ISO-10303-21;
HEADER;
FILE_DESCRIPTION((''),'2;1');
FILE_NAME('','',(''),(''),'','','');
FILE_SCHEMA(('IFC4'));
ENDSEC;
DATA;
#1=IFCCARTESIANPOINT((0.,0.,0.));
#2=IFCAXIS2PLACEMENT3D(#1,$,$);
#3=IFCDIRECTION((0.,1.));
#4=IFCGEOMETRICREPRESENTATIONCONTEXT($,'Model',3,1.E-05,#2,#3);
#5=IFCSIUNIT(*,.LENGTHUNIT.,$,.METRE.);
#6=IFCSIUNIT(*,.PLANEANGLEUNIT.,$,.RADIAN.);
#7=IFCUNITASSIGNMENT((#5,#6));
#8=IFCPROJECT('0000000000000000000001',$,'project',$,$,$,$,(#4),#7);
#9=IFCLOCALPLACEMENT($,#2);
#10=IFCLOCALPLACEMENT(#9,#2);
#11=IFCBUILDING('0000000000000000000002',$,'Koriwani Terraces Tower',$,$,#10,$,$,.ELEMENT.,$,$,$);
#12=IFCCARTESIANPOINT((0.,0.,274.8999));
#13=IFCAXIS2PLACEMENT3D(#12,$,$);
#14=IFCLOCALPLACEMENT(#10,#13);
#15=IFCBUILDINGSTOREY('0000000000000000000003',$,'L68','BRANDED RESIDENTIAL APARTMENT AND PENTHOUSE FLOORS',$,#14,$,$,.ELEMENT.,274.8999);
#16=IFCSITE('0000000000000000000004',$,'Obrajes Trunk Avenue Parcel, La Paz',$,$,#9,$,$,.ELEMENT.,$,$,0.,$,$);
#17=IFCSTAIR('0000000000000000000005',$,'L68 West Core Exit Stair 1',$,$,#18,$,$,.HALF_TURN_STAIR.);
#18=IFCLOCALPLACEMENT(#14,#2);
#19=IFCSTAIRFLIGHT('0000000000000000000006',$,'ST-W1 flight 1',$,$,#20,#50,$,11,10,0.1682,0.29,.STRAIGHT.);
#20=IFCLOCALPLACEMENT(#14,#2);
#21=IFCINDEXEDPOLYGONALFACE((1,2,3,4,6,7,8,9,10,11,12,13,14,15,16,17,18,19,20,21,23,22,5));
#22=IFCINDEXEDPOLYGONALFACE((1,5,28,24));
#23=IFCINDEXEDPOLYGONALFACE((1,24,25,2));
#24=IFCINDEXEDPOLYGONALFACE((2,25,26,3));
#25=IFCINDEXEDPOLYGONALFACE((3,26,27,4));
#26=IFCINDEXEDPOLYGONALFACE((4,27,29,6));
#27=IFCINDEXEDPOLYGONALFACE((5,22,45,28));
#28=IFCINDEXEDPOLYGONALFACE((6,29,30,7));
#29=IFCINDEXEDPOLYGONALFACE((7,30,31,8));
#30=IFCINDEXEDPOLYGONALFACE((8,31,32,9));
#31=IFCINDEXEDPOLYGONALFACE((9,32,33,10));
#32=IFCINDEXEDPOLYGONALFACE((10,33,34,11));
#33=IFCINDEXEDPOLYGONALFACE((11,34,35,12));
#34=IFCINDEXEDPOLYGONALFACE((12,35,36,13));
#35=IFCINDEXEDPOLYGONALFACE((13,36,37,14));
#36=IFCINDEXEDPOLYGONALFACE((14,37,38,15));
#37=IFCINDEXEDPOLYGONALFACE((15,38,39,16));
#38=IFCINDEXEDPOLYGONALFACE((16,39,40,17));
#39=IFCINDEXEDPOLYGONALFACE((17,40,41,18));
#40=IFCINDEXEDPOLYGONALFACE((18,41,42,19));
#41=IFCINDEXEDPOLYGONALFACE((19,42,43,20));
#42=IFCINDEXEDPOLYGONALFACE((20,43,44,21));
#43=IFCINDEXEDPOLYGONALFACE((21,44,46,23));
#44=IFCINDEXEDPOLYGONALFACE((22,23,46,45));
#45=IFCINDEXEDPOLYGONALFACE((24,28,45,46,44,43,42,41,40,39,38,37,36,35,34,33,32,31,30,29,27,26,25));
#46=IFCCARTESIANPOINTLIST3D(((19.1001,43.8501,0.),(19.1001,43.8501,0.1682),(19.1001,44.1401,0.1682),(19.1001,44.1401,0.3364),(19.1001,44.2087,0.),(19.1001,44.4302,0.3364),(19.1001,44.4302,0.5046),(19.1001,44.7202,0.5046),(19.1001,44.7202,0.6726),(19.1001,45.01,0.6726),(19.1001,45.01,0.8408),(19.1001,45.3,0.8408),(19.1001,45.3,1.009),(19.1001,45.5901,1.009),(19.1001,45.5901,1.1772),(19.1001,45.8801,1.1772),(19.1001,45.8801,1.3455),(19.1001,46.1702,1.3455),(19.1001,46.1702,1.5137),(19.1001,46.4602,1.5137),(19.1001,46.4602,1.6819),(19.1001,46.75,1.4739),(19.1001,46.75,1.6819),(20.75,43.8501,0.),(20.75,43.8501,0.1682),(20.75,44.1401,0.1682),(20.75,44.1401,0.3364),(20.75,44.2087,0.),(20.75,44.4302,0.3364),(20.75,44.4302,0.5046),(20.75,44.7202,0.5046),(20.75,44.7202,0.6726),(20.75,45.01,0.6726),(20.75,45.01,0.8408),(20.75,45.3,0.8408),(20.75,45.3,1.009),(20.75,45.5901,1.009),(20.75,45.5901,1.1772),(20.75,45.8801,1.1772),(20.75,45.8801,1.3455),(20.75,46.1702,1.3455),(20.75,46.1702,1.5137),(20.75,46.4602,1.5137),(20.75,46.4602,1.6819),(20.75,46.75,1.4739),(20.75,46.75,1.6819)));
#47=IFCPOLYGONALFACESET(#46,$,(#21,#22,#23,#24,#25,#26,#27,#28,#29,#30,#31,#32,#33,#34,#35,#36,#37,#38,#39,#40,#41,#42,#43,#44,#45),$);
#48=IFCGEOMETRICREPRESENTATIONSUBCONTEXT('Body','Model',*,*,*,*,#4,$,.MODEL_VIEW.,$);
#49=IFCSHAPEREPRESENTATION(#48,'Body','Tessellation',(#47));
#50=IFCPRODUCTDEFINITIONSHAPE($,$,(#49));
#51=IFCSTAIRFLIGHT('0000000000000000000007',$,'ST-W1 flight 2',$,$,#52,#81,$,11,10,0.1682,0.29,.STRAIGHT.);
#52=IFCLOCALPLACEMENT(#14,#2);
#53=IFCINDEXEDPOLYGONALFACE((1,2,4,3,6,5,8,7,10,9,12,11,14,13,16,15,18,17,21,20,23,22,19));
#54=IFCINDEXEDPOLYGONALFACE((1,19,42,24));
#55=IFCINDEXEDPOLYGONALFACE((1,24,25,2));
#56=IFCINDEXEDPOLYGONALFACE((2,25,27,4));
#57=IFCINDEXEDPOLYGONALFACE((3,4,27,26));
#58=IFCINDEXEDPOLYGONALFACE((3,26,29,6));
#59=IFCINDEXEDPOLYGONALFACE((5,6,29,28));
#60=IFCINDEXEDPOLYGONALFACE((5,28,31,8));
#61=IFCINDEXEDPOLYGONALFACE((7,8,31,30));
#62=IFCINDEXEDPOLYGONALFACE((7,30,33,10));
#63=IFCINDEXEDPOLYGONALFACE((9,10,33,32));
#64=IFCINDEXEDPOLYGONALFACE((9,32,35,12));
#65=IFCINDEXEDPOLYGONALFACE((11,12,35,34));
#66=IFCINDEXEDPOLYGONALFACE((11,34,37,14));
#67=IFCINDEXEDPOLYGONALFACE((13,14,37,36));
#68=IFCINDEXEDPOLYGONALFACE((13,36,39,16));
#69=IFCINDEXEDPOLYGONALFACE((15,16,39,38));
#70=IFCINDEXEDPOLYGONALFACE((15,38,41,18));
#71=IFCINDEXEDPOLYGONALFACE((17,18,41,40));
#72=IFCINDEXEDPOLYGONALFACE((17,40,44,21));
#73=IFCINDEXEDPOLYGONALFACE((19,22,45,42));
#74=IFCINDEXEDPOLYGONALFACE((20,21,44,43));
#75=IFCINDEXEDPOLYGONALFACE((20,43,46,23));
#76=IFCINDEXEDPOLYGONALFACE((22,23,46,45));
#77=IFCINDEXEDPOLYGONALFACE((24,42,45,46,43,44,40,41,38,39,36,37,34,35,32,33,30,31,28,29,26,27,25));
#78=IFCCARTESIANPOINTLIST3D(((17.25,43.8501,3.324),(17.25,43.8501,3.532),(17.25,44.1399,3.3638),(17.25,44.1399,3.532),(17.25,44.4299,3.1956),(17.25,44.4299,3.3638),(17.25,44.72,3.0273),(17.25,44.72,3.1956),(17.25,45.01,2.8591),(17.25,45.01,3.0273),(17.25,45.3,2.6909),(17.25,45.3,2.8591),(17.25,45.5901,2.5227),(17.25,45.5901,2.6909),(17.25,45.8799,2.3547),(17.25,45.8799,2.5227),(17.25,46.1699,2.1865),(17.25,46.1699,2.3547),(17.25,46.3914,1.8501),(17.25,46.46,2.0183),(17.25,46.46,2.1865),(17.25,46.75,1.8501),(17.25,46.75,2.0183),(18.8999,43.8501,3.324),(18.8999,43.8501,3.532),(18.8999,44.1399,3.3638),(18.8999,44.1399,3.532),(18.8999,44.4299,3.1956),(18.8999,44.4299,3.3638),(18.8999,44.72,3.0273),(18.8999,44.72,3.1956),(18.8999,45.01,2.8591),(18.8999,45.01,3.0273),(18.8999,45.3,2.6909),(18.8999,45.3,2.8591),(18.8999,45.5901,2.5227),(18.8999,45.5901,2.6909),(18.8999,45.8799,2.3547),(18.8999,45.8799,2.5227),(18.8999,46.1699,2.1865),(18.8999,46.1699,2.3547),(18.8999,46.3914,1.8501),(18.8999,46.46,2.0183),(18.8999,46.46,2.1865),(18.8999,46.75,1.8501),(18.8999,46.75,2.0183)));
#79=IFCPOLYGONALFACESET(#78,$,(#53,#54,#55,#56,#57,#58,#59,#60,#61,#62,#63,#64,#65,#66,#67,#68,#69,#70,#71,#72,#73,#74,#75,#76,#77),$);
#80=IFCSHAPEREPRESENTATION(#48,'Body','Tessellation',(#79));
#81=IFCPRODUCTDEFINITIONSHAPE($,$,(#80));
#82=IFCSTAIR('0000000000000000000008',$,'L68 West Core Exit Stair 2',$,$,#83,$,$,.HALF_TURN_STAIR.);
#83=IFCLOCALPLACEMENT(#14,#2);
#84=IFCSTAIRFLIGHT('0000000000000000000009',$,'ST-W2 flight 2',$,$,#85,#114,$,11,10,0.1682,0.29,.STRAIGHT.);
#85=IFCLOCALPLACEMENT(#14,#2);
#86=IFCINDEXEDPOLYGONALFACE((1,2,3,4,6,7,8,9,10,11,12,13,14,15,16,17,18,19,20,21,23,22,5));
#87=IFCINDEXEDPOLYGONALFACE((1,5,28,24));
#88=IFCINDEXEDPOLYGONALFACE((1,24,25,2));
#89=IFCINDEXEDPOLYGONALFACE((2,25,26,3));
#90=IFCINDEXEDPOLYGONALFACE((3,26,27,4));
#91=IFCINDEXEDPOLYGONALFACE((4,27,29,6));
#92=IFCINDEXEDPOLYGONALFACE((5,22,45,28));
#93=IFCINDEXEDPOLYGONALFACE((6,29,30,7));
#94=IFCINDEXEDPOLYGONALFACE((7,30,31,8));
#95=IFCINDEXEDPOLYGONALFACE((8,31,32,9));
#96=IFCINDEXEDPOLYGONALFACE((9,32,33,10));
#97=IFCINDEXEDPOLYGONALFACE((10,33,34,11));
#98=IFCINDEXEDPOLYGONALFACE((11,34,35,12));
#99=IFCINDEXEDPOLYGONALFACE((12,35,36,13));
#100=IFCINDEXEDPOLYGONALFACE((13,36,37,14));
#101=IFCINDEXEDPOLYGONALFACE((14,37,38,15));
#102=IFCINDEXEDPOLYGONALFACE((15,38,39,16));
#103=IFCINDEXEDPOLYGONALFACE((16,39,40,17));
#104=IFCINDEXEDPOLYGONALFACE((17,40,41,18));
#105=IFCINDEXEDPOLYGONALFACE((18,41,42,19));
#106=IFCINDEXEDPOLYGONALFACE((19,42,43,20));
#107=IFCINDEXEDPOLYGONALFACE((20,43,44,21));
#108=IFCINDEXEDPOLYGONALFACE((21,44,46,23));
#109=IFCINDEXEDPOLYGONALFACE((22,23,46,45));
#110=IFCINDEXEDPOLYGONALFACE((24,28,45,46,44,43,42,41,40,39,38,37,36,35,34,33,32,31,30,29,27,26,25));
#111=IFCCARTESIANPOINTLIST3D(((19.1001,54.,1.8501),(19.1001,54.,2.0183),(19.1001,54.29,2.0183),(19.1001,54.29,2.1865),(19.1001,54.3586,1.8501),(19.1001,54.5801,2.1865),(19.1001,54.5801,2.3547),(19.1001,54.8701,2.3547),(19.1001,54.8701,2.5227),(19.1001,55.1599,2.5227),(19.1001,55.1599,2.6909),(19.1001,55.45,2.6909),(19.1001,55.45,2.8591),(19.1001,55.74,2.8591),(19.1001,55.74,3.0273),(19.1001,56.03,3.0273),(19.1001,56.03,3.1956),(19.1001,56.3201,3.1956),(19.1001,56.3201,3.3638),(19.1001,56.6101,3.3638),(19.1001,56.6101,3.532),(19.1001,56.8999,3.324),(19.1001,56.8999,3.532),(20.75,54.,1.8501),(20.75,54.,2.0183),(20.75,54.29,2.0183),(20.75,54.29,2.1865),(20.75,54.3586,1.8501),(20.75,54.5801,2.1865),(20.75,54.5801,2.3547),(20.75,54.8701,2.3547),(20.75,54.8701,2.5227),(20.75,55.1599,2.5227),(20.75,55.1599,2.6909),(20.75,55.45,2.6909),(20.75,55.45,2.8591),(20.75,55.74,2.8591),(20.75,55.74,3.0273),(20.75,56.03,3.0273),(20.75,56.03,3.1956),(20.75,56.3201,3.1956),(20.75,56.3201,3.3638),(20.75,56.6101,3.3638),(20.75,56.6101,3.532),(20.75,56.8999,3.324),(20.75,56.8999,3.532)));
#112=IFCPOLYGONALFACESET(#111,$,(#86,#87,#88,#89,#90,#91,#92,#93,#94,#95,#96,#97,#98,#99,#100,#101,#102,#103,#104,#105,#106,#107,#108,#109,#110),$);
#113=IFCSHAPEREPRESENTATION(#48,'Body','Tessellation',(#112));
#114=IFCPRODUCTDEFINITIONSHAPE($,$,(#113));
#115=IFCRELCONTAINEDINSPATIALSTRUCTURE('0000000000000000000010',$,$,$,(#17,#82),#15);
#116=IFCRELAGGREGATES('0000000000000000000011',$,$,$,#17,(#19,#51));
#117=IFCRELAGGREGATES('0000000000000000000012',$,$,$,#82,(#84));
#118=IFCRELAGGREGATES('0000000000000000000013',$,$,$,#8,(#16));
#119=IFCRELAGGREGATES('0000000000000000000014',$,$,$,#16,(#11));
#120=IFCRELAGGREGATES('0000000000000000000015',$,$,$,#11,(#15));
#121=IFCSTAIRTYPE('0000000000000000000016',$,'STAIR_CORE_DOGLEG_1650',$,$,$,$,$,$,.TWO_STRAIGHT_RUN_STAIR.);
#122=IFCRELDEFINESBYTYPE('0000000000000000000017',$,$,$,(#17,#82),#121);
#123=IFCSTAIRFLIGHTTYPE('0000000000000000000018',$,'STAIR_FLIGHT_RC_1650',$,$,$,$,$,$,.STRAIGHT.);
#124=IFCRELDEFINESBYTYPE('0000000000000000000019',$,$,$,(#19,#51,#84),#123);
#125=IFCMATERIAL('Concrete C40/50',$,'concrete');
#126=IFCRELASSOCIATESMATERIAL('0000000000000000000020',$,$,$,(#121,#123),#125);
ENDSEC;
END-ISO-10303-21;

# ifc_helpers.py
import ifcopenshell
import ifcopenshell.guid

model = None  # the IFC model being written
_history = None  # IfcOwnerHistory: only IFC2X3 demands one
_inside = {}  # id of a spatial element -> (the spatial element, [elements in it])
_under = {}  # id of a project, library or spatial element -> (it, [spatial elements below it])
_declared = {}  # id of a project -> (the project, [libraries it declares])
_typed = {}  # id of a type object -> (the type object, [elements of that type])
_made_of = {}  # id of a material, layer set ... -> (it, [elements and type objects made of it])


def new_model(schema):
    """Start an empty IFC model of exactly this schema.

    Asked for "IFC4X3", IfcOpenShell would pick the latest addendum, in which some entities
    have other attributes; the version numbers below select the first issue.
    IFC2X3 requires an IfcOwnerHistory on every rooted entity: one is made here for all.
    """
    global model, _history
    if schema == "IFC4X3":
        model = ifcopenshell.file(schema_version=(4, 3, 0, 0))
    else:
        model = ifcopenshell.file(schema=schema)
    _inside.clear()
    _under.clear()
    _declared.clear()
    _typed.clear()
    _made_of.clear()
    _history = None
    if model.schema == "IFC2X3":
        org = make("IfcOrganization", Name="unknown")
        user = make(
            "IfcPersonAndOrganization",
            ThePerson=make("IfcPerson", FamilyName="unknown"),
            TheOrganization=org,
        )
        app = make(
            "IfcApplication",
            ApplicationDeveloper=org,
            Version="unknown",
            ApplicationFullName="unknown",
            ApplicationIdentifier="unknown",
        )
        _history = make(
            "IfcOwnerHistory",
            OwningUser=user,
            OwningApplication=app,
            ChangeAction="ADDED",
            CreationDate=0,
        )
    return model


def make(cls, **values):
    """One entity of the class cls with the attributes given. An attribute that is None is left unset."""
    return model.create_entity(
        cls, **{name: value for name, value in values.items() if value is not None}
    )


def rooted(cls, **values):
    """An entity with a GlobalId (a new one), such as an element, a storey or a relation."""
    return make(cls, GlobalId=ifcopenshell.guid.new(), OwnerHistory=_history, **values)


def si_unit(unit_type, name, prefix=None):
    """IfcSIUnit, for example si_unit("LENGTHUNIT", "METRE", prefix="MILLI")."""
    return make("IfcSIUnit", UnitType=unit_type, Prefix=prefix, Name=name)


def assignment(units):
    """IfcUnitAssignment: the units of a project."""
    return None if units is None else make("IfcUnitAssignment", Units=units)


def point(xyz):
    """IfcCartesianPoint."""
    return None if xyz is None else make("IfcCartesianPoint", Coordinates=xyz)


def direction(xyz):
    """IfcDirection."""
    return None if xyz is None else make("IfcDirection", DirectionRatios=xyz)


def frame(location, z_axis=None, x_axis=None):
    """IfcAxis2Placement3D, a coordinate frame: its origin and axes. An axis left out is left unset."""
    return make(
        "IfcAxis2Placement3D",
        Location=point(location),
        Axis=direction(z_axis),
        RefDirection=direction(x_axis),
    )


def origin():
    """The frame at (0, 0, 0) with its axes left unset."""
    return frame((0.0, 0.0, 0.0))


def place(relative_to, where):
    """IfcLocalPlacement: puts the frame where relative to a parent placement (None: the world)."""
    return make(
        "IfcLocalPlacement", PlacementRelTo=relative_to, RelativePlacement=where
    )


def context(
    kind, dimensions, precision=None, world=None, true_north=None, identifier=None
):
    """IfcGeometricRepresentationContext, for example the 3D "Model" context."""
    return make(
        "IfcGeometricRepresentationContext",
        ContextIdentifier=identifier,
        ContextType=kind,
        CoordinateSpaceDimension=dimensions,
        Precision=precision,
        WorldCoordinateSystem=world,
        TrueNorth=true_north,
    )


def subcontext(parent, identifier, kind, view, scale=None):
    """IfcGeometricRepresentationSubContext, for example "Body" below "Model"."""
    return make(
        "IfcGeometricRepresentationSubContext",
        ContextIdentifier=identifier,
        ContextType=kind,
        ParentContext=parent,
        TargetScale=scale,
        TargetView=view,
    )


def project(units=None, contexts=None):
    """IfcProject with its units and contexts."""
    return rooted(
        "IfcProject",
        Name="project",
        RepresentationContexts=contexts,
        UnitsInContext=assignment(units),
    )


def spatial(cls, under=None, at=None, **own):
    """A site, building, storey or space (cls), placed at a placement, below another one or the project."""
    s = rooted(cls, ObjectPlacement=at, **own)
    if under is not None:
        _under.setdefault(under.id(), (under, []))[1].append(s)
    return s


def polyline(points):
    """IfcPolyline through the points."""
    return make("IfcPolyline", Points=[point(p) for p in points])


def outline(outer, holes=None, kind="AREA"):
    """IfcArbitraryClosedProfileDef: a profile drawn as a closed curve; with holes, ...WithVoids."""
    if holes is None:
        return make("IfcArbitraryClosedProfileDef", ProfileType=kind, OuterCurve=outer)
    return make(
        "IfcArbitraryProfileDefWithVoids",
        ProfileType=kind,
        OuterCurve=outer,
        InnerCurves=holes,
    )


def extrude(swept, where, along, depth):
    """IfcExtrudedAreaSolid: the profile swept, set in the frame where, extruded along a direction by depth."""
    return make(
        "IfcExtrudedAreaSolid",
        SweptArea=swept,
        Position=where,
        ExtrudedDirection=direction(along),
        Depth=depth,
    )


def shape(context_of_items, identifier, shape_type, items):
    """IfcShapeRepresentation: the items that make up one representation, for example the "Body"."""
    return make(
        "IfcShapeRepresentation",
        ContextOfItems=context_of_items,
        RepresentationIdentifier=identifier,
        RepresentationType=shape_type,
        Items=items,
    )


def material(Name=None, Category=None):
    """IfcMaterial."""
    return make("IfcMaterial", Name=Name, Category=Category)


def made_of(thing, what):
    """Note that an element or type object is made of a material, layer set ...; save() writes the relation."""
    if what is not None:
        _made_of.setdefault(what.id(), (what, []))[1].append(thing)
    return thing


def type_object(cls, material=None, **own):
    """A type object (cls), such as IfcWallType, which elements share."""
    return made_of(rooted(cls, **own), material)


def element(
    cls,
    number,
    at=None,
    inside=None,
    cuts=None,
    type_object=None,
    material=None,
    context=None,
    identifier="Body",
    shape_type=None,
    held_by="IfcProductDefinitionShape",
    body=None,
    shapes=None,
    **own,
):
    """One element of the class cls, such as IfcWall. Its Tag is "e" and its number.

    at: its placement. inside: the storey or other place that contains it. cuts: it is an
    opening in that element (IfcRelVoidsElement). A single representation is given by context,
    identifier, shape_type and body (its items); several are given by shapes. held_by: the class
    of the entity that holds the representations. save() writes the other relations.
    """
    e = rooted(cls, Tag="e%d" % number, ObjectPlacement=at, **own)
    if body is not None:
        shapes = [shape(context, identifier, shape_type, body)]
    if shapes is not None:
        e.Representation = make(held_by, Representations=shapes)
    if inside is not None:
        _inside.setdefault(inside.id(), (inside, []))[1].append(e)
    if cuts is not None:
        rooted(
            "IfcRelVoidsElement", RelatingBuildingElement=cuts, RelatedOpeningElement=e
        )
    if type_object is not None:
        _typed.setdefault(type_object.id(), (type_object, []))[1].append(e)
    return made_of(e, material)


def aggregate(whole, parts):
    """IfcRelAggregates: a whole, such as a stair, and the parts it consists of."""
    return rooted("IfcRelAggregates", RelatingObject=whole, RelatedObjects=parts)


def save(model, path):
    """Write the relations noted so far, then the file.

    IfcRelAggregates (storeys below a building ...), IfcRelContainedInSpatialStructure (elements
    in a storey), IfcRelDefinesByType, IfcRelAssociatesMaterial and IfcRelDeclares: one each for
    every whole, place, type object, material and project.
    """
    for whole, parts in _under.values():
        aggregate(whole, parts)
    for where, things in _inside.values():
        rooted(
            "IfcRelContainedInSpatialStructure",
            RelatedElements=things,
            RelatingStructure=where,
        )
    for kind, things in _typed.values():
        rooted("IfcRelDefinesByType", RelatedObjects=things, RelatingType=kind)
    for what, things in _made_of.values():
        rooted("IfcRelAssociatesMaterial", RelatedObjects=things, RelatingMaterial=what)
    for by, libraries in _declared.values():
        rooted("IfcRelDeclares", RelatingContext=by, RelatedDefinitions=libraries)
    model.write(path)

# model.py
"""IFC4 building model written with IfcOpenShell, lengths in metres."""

from ifc_helpers import new_model, si_unit, direction, frame, origin, place, context, subcontext, project, spatial, polyline, outline, extrude, material, type_object, element, aggregate, save


model = new_model("IFC4")

# Units and contexts
model_context = context("Model", 3, precision=1e-05, world=origin(), true_north=direction((0.0, 1.0)))
body_context = subcontext(model_context, "Body", "Model", "MODEL_VIEW")
ifc_project = project(units=[si_unit("LENGTHUNIT", "METRE"), si_unit("PLANEANGLEUNIT", "RADIAN")], contexts=[model_context])

# Site, building, storey
site_placement = place(None, origin())
site = spatial("IfcSite", under=ifc_project, at=site_placement, Name="Obrajes Trunk Avenue Parcel, La Paz", CompositionType="ELEMENT", RefElevation=0.0)
building_placement = place(site_placement, origin())
building = spatial("IfcBuilding", under=site, at=building_placement, Name="Koriwani Terraces Tower", CompositionType="ELEMENT")
storey_placement = place(building_placement, frame((0.0, 0.0, 274.8999)))
storey = spatial("IfcBuildingStorey", under=building, at=storey_placement, Name="L68", Description="BRANDED RESIDENTIAL APARTMENT AND PENTHOUSE FLOORS", CompositionType="ELEMENT", Elevation=274.8999)

# Shared definitions
ifc_material_1 = material(Name="Concrete C40/50", Category="concrete")

# Stair, stair flights
stair_type = type_object("IfcStairType", Name="STAIR_CORE_DOGLEG_1650", PredefinedType="TWO_STRAIGHT_RUN_STAIR", material=ifc_material_1)
stair_1_placement = place(storey_placement, origin())
stair_1 = element("IfcStair", 1, at=stair_1_placement, inside=storey, type_object=stair_type, Name="L68 West Core Exit Stair 1", PredefinedType="HALF_TURN_STAIR")
stair_flight_type = type_object("IfcStairFlightType", Name="STAIR_FLIGHT_RC_1650", PredefinedType="STRAIGHT", material=ifc_material_1)
stair_flight_1_placement = place(storey_placement, frame((19.925, 43.8501, 0.0), z_axis=(0.0, 0.0, 1.0), x_axis=(0.0, 1.0, 0.0)))
stair_flight_1 = element("IfcStairFlight", 2, at=stair_flight_1_placement, type_object=stair_flight_type, Name="ST-W1 flight 1", NumberOfRisers=11, NumberOfTreads=10, PredefinedType="STRAIGHT", RiserHeight=0.1682, TreadLength=0.29, context=body_context, shape_type="SweptSolid", body=[
    extrude(outline(polyline([(0.0, 0.0), (0.0, 0.1682), (0.29, 0.1682), (0.29, 0.3364), (0.5801, 0.3364), (0.5801, 0.5046), (0.8701, 0.5046), (0.8701, 0.6726), (1.1599, 0.6726), (1.1599, 0.8408), (1.45, 0.8408), (1.45, 1.009), (1.74, 1.009), (1.74, 1.1772), (2.03, 1.1772), (2.03, 1.3455), (2.3201, 1.3455), (2.3201, 1.5137), (2.6101, 1.5137), (2.6101, 1.6819), (2.8999, 1.6819), (2.8999, 1.8501), (2.8999, 1.4739), (0.3586, 0.0), (0.0, 0.0)])), frame((0.0, 0.825, 0.0), z_axis=(0.0, -1.0, 0.0), x_axis=(1.0, 0.0, 0.0)), (0.0, 0.0, 1.0), 1.6499),
])
stair_flight_2_placement = place(storey_placement, frame((18.075, 46.75, 1.8501), z_axis=(0.0, 0.0, 1.0), x_axis=(0.0, -1.0, 0.0)))
stair_flight_2 = element("IfcStairFlight", 3, at=stair_flight_2_placement, type_object=stair_flight_type, Name="ST-W1 flight 2", NumberOfRisers=11, NumberOfTreads=10, PredefinedType="STRAIGHT", RiserHeight=0.1682, TreadLength=0.29, context=body_context, shape_type="SweptSolid", body=[
    extrude(outline(polyline([(0.0, 0.0), (0.0, 0.1682), (0.29, 0.1682), (0.29, 0.3364), (0.5801, 0.3364), (0.5801, 0.5046), (0.8701, 0.5046), (0.8701, 0.6726), (1.1599, 0.6726), (1.1599, 0.8408), (1.45, 0.8408), (1.45, 1.009), (1.74, 1.009), (1.74, 1.1772), (2.03, 1.1772), (2.03, 1.3455), (2.3201, 1.3455), (2.3201, 1.5137), (2.6101, 1.5137), (2.6101, 1.6819), (2.8999, 1.6819), (2.8999, 1.8501), (2.8999, 1.4739), (0.3586, 0.0), (0.0, 0.0)])), frame((0.0, 0.825, 0.0), z_axis=(0.0, -1.0, 0.0), x_axis=(1.0, 0.0, 0.0)), (0.0, 0.0, 1.0), 1.6499),
])
aggregate(stair_1, [stair_flight_1, stair_flight_2])

# Stair, stair flight
stair_2_placement = place(storey_placement, origin())
stair_2 = element("IfcStair", 4, at=stair_2_placement, inside=storey, type_object=stair_type, Name="L68 West Core Exit Stair 2", PredefinedType="HALF_TURN_STAIR")
stair_flight_3_placement = place(storey_placement, frame((19.925, 54.0, 1.8501), z_axis=(0.0, 0.0, 1.0), x_axis=(0.0, 1.0, 0.0)))
stair_flight_3 = element("IfcStairFlight", 5, at=stair_flight_3_placement, type_object=stair_flight_type, Name="ST-W2 flight 2", NumberOfRisers=11, NumberOfTreads=10, PredefinedType="STRAIGHT", RiserHeight=0.1682, TreadLength=0.29, context=body_context, shape_type="SweptSolid", body=[
    extrude(outline(polyline([(0.0, 0.0), (0.0, 0.1682), (0.29, 0.1682), (0.29, 0.3364), (0.5801, 0.3364), (0.5801, 0.5046), (0.8701, 0.5046), (0.8701, 0.6726), (1.1599, 0.6726), (1.1599, 0.8408), (1.45, 0.8408), (1.45, 1.009), (1.74, 1.009), (1.74, 1.1772), (2.03, 1.1772), (2.03, 1.3455), (2.3201, 1.3455), (2.3201, 1.5137), (2.6101, 1.5137), (2.6101, 1.6819), (2.8999, 1.6819), (2.8999, 1.8501), (2.8999, 1.4739), (0.3586, 0.0), (0.0, 0.0)])), frame((0.0, 0.825, 0.0), z_axis=(0.0, -1.0, 0.0), x_axis=(1.0, 0.0, 0.0)), (0.0, 0.0, 1.0), 1.6499),
])
aggregate(stair_2, [stair_flight_3])

save(model, "model.ifc")
